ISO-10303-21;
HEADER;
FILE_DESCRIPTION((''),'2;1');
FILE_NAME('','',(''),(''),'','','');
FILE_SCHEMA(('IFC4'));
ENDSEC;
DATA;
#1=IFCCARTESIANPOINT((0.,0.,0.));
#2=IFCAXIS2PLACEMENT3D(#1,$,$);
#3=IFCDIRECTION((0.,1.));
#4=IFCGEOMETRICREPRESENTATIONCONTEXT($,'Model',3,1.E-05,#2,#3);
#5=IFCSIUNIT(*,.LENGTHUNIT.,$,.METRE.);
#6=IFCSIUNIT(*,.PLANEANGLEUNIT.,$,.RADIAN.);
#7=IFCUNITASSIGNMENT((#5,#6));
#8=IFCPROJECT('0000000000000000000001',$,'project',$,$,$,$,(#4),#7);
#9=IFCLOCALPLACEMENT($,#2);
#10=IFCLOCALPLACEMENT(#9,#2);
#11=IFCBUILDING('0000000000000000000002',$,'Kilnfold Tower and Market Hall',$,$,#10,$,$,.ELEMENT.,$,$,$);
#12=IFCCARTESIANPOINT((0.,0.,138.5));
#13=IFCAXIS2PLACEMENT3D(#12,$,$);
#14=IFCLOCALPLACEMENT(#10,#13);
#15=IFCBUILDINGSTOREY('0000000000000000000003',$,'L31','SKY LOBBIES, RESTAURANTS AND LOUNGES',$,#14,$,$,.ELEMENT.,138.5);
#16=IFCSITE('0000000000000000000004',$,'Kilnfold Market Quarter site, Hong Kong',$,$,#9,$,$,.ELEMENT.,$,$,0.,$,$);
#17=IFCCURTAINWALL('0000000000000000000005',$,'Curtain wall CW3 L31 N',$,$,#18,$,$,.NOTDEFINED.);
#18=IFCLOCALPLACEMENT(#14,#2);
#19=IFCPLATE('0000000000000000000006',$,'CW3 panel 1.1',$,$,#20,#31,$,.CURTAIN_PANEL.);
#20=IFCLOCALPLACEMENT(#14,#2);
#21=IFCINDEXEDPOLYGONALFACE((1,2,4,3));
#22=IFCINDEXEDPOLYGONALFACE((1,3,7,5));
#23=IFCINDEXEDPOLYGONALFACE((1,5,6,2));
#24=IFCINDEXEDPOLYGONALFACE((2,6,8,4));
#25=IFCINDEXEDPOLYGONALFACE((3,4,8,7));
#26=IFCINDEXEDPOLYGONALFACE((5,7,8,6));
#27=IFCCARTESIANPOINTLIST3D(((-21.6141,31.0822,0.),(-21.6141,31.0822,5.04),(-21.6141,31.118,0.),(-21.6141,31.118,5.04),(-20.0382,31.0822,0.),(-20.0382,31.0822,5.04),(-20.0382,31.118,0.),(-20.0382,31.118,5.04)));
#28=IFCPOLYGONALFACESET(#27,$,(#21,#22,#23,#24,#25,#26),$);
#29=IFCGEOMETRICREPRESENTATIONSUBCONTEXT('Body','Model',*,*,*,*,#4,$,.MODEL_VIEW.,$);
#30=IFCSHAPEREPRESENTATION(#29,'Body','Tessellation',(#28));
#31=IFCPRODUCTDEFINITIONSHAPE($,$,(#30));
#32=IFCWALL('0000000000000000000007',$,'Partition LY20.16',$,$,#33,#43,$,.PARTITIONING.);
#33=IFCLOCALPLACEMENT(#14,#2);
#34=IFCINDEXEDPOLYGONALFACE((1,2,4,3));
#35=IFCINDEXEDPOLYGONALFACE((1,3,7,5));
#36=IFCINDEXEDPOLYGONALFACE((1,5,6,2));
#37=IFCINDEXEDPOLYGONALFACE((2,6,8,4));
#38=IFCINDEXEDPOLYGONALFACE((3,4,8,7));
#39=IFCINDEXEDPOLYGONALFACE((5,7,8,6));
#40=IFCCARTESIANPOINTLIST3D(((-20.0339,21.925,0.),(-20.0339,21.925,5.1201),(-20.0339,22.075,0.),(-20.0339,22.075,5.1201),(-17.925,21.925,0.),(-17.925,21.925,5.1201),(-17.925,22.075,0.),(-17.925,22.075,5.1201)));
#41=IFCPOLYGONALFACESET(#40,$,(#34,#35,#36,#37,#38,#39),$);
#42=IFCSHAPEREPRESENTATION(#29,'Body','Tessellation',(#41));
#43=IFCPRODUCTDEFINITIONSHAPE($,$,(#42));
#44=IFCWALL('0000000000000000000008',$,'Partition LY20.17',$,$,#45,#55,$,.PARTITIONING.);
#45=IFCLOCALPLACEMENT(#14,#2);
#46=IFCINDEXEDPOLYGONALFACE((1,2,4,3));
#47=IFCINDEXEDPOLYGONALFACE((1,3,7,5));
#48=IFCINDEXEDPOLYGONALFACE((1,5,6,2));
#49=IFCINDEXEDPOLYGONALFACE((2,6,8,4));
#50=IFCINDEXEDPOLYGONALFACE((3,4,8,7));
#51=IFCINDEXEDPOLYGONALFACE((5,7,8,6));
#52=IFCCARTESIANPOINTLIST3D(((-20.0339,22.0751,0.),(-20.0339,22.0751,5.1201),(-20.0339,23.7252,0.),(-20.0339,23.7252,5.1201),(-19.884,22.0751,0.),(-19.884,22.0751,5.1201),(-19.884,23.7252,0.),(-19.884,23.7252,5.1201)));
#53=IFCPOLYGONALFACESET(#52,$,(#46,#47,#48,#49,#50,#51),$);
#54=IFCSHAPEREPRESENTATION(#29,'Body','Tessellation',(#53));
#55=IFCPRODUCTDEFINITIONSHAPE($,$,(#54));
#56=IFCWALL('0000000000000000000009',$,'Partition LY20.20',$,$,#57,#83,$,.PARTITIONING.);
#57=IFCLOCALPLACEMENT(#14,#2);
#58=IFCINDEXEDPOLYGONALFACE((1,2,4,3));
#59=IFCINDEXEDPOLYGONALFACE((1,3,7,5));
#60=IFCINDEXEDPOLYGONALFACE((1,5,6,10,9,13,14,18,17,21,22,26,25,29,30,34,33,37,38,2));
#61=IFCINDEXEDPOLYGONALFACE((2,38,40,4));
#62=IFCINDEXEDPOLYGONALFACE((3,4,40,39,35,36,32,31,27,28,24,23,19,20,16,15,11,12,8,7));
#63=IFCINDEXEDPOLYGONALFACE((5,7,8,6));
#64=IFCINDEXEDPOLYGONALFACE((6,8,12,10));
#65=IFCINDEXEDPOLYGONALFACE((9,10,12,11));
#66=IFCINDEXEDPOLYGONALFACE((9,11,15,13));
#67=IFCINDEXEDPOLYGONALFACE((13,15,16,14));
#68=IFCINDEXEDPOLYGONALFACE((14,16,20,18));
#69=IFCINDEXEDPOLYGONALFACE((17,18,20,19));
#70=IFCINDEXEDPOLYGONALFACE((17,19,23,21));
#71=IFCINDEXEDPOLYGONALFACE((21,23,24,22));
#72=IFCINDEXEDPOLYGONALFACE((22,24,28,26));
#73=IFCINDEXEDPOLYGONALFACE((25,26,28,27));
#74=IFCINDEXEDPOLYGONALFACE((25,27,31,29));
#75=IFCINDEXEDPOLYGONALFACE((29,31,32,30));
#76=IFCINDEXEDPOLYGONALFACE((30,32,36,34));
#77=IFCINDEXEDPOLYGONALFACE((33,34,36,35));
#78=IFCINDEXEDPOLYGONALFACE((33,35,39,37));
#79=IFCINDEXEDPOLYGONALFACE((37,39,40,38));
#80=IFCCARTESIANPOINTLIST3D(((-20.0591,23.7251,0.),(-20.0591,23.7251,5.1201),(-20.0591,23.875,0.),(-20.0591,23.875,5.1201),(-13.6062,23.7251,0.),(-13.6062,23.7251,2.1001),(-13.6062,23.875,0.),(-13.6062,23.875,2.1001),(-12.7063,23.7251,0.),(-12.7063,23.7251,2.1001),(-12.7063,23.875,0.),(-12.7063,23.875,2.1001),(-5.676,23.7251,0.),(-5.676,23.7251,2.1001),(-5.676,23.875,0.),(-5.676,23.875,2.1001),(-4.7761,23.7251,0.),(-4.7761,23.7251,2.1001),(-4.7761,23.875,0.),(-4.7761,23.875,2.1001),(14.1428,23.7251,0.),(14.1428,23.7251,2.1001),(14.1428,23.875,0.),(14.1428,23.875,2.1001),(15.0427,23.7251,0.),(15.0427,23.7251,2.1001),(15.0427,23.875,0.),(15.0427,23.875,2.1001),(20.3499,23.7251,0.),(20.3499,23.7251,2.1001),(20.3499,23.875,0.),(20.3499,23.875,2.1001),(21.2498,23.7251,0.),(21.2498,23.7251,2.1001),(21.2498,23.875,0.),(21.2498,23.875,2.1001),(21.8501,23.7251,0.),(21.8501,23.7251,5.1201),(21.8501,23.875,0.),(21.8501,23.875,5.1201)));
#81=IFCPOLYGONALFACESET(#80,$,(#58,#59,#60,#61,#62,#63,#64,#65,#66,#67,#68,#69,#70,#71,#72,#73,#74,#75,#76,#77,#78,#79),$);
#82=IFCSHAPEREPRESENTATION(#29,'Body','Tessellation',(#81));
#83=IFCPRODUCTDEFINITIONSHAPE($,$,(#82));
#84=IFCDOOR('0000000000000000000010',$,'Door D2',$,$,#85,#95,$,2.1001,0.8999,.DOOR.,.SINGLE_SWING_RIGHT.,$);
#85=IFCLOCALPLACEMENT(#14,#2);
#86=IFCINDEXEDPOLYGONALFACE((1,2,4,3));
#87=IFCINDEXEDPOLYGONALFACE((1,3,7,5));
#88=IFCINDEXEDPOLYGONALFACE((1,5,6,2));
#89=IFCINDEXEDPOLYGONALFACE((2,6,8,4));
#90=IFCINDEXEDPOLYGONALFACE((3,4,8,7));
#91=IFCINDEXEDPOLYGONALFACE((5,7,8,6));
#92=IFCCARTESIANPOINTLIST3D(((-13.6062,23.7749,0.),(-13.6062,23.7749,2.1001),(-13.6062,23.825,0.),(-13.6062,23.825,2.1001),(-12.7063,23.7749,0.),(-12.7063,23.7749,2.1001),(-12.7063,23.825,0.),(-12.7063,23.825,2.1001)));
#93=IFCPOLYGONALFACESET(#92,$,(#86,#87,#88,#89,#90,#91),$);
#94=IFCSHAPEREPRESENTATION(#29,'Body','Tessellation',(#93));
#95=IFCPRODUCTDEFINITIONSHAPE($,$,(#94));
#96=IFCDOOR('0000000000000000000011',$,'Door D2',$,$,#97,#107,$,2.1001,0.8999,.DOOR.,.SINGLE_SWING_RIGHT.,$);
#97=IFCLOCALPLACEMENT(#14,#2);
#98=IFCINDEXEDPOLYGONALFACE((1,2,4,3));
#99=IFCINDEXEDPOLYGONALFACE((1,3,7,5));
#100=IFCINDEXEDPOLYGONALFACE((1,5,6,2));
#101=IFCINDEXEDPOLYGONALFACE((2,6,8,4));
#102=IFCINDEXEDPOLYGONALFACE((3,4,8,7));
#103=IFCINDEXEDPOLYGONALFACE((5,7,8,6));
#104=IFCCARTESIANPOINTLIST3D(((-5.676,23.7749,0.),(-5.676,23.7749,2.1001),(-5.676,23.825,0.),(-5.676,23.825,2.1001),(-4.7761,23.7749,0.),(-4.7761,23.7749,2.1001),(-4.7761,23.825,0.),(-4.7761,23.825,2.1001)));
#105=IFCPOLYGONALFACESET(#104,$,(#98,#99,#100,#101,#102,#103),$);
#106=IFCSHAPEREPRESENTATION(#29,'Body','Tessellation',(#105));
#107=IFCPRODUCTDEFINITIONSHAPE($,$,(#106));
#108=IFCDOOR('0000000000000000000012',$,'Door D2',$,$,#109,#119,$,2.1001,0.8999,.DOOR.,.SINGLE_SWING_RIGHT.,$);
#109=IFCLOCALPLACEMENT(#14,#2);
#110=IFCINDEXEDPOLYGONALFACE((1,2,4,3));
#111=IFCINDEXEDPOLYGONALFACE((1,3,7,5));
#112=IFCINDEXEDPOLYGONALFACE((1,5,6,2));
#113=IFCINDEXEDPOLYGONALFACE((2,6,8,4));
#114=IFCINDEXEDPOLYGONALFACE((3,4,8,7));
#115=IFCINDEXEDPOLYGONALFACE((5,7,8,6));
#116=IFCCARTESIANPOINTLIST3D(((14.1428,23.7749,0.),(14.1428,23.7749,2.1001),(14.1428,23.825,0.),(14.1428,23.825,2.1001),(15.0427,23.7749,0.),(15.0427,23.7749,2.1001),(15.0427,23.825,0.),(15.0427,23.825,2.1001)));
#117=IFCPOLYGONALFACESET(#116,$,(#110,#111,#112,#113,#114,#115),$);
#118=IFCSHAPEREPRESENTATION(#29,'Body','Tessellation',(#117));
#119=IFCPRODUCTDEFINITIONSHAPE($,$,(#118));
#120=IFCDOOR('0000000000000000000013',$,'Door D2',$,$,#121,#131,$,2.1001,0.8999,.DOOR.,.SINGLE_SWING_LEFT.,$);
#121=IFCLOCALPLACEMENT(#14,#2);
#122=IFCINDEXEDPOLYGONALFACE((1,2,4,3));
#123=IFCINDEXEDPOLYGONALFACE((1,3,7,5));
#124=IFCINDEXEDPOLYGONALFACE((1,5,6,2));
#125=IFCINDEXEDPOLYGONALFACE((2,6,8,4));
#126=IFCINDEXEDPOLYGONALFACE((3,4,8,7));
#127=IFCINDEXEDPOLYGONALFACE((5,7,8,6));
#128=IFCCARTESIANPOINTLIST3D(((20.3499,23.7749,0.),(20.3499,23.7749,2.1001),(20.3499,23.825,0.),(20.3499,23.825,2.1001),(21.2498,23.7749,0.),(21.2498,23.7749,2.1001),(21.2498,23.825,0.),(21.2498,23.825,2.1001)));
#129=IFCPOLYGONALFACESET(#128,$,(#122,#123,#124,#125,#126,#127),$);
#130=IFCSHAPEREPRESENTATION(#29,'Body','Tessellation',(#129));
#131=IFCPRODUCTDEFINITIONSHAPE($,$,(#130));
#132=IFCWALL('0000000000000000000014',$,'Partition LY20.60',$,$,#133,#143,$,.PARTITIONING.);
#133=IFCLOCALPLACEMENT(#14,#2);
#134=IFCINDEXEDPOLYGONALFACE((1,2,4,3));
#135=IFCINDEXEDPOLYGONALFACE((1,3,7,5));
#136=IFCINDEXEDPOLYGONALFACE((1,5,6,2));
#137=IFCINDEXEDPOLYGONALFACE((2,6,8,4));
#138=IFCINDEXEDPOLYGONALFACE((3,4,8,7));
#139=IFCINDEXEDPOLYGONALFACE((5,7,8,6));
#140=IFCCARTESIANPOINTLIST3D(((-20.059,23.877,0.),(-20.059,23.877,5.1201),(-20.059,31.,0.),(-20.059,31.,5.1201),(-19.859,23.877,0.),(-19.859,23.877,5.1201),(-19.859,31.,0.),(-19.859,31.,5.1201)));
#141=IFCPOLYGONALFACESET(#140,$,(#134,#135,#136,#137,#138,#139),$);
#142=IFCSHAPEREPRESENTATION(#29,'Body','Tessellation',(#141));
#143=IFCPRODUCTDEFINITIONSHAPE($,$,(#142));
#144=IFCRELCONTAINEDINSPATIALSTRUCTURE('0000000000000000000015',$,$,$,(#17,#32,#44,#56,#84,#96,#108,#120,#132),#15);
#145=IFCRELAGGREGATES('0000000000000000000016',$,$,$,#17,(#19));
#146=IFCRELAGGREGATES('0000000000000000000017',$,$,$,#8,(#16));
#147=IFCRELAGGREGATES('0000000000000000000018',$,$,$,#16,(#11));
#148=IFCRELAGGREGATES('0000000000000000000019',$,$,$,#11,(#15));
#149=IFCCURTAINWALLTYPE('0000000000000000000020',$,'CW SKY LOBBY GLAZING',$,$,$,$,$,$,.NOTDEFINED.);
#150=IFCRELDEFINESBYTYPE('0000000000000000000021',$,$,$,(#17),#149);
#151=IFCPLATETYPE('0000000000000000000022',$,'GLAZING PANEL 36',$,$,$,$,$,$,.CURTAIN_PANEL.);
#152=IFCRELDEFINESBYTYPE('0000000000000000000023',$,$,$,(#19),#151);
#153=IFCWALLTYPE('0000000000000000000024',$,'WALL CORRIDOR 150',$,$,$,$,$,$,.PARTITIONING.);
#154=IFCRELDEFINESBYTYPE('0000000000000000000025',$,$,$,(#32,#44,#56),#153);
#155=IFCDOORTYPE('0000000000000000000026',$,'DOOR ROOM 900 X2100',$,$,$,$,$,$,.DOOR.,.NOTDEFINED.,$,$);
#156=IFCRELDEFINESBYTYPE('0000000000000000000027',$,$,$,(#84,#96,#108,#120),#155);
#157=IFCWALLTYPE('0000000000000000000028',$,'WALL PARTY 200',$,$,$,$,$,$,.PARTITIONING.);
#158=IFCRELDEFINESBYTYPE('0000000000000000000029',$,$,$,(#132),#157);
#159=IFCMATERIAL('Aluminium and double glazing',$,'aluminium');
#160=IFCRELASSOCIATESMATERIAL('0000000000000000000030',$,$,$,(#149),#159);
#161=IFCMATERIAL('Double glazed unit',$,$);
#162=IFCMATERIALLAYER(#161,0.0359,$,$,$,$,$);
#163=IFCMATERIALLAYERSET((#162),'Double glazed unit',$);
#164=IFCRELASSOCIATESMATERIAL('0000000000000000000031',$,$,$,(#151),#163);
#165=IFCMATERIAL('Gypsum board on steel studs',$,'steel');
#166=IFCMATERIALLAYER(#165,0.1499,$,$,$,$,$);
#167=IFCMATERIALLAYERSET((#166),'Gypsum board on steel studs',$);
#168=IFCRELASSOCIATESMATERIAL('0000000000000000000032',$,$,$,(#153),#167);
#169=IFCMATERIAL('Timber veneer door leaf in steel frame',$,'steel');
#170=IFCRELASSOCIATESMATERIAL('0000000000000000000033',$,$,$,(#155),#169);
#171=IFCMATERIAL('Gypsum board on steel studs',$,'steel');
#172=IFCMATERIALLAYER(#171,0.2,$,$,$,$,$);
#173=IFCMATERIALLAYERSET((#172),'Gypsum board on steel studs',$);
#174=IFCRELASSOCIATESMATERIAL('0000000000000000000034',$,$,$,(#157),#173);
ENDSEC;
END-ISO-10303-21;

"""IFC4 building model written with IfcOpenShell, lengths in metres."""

from ifc_helpers import new_model, si_unit, direction, frame, frame_2d, origin, origin_2d, place, context, subcontext, project, spatial, rectangle, extrude, source, transform, mapped, material, layer, layer_set, type_object, element, fill, aggregate, save


model = new_model("IFC4")

# Units and contexts
model_context = context("Model", 3, precision=1e-05, world=origin(), true_north=direction((0.0, 1.0)))
body_context = subcontext(model_context, "Body", "Model", "MODEL_VIEW")
ifc_project = project(units=[si_unit("LENGTHUNIT", "METRE"), si_unit("PLANEANGLEUNIT", "RADIAN")], contexts=[model_context])

# Site, building, storey
site_placement = place(None, origin())
site = spatial("IfcSite", under=ifc_project, at=site_placement, Name="Kilnfold Market Quarter site, Hong Kong", CompositionType="ELEMENT", RefElevation=0.0)
building_placement = place(site_placement, origin())
building = spatial("IfcBuilding", under=site, at=building_placement, Name="Kilnfold Tower and Market Hall", CompositionType="ELEMENT")
storey_placement = place(building_placement, frame((0.0, 0.0, 138.5)))
storey = spatial("IfcBuildingStorey", under=building, at=storey_placement, Name="L31", Description="SKY LOBBIES, RESTAURANTS AND LOUNGES", CompositionType="ELEMENT", Elevation=138.5)

# Shared definitions
ifc_material_1 = material(Name="Aluminium and double glazing", Category="aluminium")
curtain_wall_type = type_object("IfcCurtainWallType", Name="CW SKY LOBBY GLAZING", PredefinedType="NOTDEFINED", material=ifc_material_1)

# Curtain wall
curtain_wall_1_placement = place(storey_placement, origin())
curtain_wall_1 = element("IfcCurtainWall", 1, at=curtain_wall_1_placement, inside=storey, type_object=curtain_wall_type, Name="Curtain wall CW3 L31 N", PredefinedType="NOTDEFINED")

# Plate
ifc_material_2 = material(Name="Double glazed unit")
ifc_layer_1 = layer(ifc_material_2, 0.0359)
ifc_layer_set_1 = layer_set([ifc_layer_1], Name="Double glazed unit")
plate_type = type_object("IfcPlateType", Name="GLAZING PANEL 36", PredefinedType="CURTAIN_PANEL", material=ifc_layer_set_1)
shared_shape_1 = source(origin(), body_context, "Body", "SweptSolid", [
    extrude(rectangle(XDim=1.5759, YDim=0.0359, at=origin_2d()), origin(), (0.0, 0.0, 1.0), 5.04),
])
plate_1_placement = place(storey_placement, frame((-20.8262, 31.1001, 0.0), z_axis=(0.0, 0.0, 1.0), x_axis=(-1.0, 0.0, 0.0)))
plate_1 = element("IfcPlate", 2, at=plate_1_placement, type_object=plate_type, Name="CW3 panel 1.1", PredefinedType="CURTAIN_PANEL", context=body_context, shape_type="MappedRepresentation", body=[
    mapped(shared_shape_1, transform((0.0, 0.0, 0.0))),
])
aggregate(curtain_wall_1, [plate_1])

# Walls
ifc_material_3 = material(Name="Gypsum board on steel studs", Category="steel")
ifc_layer_2 = layer(ifc_material_3, 0.1499)
ifc_layer_set_2 = layer_set([ifc_layer_2], Name="Gypsum board on steel studs")
wall_type_1 = type_object("IfcWallType", Name="WALL CORRIDOR 150", PredefinedType="PARTITIONING", material=ifc_layer_set_2)
wall_1_placement = place(storey_placement, frame((-20.0339, 22.0, 0.0), z_axis=(0.0, 0.0, 1.0), x_axis=(1.0, 0.0, 0.0)))
element("IfcWall", 3, at=wall_1_placement, inside=storey, type_object=wall_type_1, Name="Partition LY20.16", PredefinedType="PARTITIONING", context=body_context, shape_type="SweptSolid", body=[
    extrude(rectangle(XDim=2.1089, YDim=0.1499, at=frame_2d((1.0544, 0.0))), origin(), (0.0, 0.0, 1.0), 5.1201),
])
wall_2_placement = place(storey_placement, frame((-19.959, 22.075, 0.0), z_axis=(0.0, 0.0, 1.0), x_axis=(0.0, 1.0, 0.0)))
element("IfcWall", 4, at=wall_2_placement, inside=storey, type_object=wall_type_1, Name="Partition LY20.17", PredefinedType="PARTITIONING", context=body_context, shape_type="SweptSolid", body=[
    extrude(rectangle(XDim=1.6501, YDim=0.1499, at=frame_2d((0.8252, 0.0))), origin(), (0.0, 0.0, 1.0), 5.1201),
])

# Wall, openings, doors
wall_3_placement = place(storey_placement, frame((-20.0591, 23.8, 0.0), z_axis=(0.0, 0.0, 1.0), x_axis=(1.0, 0.0, 0.0)))
wall_3 = element("IfcWall", 5, at=wall_3_placement, inside=storey, type_object=wall_type_1, Name="Partition LY20.20", PredefinedType="PARTITIONING", context=body_context, shape_type="SweptSolid", body=[
    extrude(rectangle(XDim=41.9092, YDim=0.1499, at=frame_2d((20.9546, 0.0))), origin(), (0.0, 0.0, 1.0), 5.1201),
])
opening_1_placement = place(wall_3_placement, frame((6.4529, 0.0, 0.0)))
opening_1 = element("IfcOpeningElement", 6, at=opening_1_placement, cuts=wall_3, PredefinedType="OPENING", context=body_context, shape_type="SweptSolid", body=[
    extrude(rectangle(XDim=0.8999, YDim=2.1001, at=frame_2d((0.45, 1.05))), frame((0.0, 0.085, 0.0), z_axis=(0.0, -1.0, 0.0), x_axis=(1.0, 0.0, 0.0)), (0.0, 0.0, 1.0), 0.1699),
])
opening_2_placement = place(wall_3_placement, frame((14.3831, 0.0, 0.0)))
opening_2 = element("IfcOpeningElement", 7, at=opening_2_placement, cuts=wall_3, PredefinedType="OPENING", context=body_context, shape_type="SweptSolid", body=[
    extrude(rectangle(XDim=0.8999, YDim=2.1001, at=frame_2d((0.45, 1.05))), frame((0.0, 0.085, 0.0), z_axis=(0.0, -1.0, 0.0), x_axis=(1.0, 0.0, 0.0)), (0.0, 0.0, 1.0), 0.1699),
])
opening_3_placement = place(wall_3_placement, frame((34.2019, 0.0, 0.0)))
opening_3 = element("IfcOpeningElement", 8, at=opening_3_placement, cuts=wall_3, PredefinedType="OPENING", context=body_context, shape_type="SweptSolid", body=[
    extrude(rectangle(XDim=0.8999, YDim=2.1001, at=frame_2d((0.45, 1.05))), frame((0.0, 0.085, 0.0), z_axis=(0.0, -1.0, 0.0), x_axis=(1.0, 0.0, 0.0)), (0.0, 0.0, 1.0), 0.1699),
])
opening_4_placement = place(wall_3_placement, frame((40.4089, 0.0, 0.0)))
opening_4 = element("IfcOpeningElement", 9, at=opening_4_placement, cuts=wall_3, PredefinedType="OPENING", context=body_context, shape_type="SweptSolid", body=[
    extrude(rectangle(XDim=0.8999, YDim=2.1001, at=frame_2d((0.45, 1.05))), frame((0.0, 0.085, 0.0), z_axis=(0.0, -1.0, 0.0), x_axis=(1.0, 0.0, 0.0)), (0.0, 0.0, 1.0), 0.1699),
])
ifc_material_4 = material(Name="Timber veneer door leaf in steel frame", Category="steel")
door_type_1 = type_object("IfcDoorType", Name="DOOR ROOM 900 X2100", OperationType="NOTDEFINED", PredefinedType="DOOR", material=ifc_material_4)
door_1_placement = place(opening_1_placement, origin())
door_1 = element("IfcDoor", 10, at=door_1_placement, inside=storey, type_object=door_type_1, Name="Door D2", OperationType="SINGLE_SWING_RIGHT", OverallHeight=2.1001, OverallWidth=0.8999, PredefinedType="DOOR", context=body_context, shape_type="SweptSolid", body=[
    extrude(rectangle(XDim=0.8999, YDim=2.1001, at=frame_2d((0.45, 1.05))), frame((0.0, 0.0249, 0.0), z_axis=(0.0, -1.0, 0.0), x_axis=(1.0, 0.0, 0.0)), (0.0, 0.0, 1.0), 0.05),
])
fill(opening_1, door_1)
door_2_placement = place(opening_2_placement, origin())
door_2 = element("IfcDoor", 11, at=door_2_placement, inside=storey, type_object=door_type_1, Name="Door D2", OperationType="SINGLE_SWING_RIGHT", OverallHeight=2.1001, OverallWidth=0.8999, PredefinedType="DOOR", context=body_context, shape_type="SweptSolid", body=[
    extrude(rectangle(XDim=0.8999, YDim=2.1001, at=frame_2d((0.45, 1.05))), frame((0.0, 0.0249, 0.0), z_axis=(0.0, -1.0, 0.0), x_axis=(1.0, 0.0, 0.0)), (0.0, 0.0, 1.0), 0.05),
])
fill(opening_2, door_2)
door_3_placement = place(opening_3_placement, origin())
door_3 = element("IfcDoor", 12, at=door_3_placement, inside=storey, type_object=door_type_1, Name="Door D2", OperationType="SINGLE_SWING_RIGHT", OverallHeight=2.1001, OverallWidth=0.8999, PredefinedType="DOOR", context=body_context, shape_type="SweptSolid", body=[
    extrude(rectangle(XDim=0.8999, YDim=2.1001, at=frame_2d((0.45, 1.05))), frame((0.0, 0.0249, 0.0), z_axis=(0.0, -1.0, 0.0), x_axis=(1.0, 0.0, 0.0)), (0.0, 0.0, 1.0), 0.05),
])
fill(opening_3, door_3)
door_4_placement = place(opening_4_placement, origin())
door_4 = element("IfcDoor", 13, at=door_4_placement, inside=storey, type_object=door_type_1, Name="Door D2", OperationType="SINGLE_SWING_LEFT", OverallHeight=2.1001, OverallWidth=0.8999, PredefinedType="DOOR", context=body_context, shape_type="SweptSolid", body=[
    extrude(rectangle(XDim=0.8999, YDim=2.1001, at=frame_2d((0.45, 1.05))), frame((0.0, 0.0249, 0.0), z_axis=(0.0, -1.0, 0.0), x_axis=(1.0, 0.0, 0.0)), (0.0, 0.0, 1.0), 0.05),
])
fill(opening_4, door_4)

# Wall
ifc_material_5 = material(Name="Gypsum board on steel studs", Category="steel")
ifc_layer_3 = layer(ifc_material_5, 0.2)
ifc_layer_set_3 = layer_set([ifc_layer_3], Name="Gypsum board on steel studs")
wall_type_2 = type_object("IfcWallType", Name="WALL PARTY 200", PredefinedType="PARTITIONING", material=ifc_layer_set_3)
wall_4_placement = place(storey_placement, frame((-19.959, 23.877, 0.0), z_axis=(0.0, 0.0, 1.0), x_axis=(0.0, 1.0, 0.0)))
element("IfcWall", 14, at=wall_4_placement, inside=storey, type_object=wall_type_2, Name="Partition LY20.60", PredefinedType="PARTITIONING", context=body_context, shape_type="SweptSolid", body=[
    extrude(rectangle(XDim=7.123, YDim=0.2, at=frame_2d((3.5615, 0.0))), origin(), (0.0, 0.0, 1.0), 5.1201),
])

save(model, "model.ifc")
